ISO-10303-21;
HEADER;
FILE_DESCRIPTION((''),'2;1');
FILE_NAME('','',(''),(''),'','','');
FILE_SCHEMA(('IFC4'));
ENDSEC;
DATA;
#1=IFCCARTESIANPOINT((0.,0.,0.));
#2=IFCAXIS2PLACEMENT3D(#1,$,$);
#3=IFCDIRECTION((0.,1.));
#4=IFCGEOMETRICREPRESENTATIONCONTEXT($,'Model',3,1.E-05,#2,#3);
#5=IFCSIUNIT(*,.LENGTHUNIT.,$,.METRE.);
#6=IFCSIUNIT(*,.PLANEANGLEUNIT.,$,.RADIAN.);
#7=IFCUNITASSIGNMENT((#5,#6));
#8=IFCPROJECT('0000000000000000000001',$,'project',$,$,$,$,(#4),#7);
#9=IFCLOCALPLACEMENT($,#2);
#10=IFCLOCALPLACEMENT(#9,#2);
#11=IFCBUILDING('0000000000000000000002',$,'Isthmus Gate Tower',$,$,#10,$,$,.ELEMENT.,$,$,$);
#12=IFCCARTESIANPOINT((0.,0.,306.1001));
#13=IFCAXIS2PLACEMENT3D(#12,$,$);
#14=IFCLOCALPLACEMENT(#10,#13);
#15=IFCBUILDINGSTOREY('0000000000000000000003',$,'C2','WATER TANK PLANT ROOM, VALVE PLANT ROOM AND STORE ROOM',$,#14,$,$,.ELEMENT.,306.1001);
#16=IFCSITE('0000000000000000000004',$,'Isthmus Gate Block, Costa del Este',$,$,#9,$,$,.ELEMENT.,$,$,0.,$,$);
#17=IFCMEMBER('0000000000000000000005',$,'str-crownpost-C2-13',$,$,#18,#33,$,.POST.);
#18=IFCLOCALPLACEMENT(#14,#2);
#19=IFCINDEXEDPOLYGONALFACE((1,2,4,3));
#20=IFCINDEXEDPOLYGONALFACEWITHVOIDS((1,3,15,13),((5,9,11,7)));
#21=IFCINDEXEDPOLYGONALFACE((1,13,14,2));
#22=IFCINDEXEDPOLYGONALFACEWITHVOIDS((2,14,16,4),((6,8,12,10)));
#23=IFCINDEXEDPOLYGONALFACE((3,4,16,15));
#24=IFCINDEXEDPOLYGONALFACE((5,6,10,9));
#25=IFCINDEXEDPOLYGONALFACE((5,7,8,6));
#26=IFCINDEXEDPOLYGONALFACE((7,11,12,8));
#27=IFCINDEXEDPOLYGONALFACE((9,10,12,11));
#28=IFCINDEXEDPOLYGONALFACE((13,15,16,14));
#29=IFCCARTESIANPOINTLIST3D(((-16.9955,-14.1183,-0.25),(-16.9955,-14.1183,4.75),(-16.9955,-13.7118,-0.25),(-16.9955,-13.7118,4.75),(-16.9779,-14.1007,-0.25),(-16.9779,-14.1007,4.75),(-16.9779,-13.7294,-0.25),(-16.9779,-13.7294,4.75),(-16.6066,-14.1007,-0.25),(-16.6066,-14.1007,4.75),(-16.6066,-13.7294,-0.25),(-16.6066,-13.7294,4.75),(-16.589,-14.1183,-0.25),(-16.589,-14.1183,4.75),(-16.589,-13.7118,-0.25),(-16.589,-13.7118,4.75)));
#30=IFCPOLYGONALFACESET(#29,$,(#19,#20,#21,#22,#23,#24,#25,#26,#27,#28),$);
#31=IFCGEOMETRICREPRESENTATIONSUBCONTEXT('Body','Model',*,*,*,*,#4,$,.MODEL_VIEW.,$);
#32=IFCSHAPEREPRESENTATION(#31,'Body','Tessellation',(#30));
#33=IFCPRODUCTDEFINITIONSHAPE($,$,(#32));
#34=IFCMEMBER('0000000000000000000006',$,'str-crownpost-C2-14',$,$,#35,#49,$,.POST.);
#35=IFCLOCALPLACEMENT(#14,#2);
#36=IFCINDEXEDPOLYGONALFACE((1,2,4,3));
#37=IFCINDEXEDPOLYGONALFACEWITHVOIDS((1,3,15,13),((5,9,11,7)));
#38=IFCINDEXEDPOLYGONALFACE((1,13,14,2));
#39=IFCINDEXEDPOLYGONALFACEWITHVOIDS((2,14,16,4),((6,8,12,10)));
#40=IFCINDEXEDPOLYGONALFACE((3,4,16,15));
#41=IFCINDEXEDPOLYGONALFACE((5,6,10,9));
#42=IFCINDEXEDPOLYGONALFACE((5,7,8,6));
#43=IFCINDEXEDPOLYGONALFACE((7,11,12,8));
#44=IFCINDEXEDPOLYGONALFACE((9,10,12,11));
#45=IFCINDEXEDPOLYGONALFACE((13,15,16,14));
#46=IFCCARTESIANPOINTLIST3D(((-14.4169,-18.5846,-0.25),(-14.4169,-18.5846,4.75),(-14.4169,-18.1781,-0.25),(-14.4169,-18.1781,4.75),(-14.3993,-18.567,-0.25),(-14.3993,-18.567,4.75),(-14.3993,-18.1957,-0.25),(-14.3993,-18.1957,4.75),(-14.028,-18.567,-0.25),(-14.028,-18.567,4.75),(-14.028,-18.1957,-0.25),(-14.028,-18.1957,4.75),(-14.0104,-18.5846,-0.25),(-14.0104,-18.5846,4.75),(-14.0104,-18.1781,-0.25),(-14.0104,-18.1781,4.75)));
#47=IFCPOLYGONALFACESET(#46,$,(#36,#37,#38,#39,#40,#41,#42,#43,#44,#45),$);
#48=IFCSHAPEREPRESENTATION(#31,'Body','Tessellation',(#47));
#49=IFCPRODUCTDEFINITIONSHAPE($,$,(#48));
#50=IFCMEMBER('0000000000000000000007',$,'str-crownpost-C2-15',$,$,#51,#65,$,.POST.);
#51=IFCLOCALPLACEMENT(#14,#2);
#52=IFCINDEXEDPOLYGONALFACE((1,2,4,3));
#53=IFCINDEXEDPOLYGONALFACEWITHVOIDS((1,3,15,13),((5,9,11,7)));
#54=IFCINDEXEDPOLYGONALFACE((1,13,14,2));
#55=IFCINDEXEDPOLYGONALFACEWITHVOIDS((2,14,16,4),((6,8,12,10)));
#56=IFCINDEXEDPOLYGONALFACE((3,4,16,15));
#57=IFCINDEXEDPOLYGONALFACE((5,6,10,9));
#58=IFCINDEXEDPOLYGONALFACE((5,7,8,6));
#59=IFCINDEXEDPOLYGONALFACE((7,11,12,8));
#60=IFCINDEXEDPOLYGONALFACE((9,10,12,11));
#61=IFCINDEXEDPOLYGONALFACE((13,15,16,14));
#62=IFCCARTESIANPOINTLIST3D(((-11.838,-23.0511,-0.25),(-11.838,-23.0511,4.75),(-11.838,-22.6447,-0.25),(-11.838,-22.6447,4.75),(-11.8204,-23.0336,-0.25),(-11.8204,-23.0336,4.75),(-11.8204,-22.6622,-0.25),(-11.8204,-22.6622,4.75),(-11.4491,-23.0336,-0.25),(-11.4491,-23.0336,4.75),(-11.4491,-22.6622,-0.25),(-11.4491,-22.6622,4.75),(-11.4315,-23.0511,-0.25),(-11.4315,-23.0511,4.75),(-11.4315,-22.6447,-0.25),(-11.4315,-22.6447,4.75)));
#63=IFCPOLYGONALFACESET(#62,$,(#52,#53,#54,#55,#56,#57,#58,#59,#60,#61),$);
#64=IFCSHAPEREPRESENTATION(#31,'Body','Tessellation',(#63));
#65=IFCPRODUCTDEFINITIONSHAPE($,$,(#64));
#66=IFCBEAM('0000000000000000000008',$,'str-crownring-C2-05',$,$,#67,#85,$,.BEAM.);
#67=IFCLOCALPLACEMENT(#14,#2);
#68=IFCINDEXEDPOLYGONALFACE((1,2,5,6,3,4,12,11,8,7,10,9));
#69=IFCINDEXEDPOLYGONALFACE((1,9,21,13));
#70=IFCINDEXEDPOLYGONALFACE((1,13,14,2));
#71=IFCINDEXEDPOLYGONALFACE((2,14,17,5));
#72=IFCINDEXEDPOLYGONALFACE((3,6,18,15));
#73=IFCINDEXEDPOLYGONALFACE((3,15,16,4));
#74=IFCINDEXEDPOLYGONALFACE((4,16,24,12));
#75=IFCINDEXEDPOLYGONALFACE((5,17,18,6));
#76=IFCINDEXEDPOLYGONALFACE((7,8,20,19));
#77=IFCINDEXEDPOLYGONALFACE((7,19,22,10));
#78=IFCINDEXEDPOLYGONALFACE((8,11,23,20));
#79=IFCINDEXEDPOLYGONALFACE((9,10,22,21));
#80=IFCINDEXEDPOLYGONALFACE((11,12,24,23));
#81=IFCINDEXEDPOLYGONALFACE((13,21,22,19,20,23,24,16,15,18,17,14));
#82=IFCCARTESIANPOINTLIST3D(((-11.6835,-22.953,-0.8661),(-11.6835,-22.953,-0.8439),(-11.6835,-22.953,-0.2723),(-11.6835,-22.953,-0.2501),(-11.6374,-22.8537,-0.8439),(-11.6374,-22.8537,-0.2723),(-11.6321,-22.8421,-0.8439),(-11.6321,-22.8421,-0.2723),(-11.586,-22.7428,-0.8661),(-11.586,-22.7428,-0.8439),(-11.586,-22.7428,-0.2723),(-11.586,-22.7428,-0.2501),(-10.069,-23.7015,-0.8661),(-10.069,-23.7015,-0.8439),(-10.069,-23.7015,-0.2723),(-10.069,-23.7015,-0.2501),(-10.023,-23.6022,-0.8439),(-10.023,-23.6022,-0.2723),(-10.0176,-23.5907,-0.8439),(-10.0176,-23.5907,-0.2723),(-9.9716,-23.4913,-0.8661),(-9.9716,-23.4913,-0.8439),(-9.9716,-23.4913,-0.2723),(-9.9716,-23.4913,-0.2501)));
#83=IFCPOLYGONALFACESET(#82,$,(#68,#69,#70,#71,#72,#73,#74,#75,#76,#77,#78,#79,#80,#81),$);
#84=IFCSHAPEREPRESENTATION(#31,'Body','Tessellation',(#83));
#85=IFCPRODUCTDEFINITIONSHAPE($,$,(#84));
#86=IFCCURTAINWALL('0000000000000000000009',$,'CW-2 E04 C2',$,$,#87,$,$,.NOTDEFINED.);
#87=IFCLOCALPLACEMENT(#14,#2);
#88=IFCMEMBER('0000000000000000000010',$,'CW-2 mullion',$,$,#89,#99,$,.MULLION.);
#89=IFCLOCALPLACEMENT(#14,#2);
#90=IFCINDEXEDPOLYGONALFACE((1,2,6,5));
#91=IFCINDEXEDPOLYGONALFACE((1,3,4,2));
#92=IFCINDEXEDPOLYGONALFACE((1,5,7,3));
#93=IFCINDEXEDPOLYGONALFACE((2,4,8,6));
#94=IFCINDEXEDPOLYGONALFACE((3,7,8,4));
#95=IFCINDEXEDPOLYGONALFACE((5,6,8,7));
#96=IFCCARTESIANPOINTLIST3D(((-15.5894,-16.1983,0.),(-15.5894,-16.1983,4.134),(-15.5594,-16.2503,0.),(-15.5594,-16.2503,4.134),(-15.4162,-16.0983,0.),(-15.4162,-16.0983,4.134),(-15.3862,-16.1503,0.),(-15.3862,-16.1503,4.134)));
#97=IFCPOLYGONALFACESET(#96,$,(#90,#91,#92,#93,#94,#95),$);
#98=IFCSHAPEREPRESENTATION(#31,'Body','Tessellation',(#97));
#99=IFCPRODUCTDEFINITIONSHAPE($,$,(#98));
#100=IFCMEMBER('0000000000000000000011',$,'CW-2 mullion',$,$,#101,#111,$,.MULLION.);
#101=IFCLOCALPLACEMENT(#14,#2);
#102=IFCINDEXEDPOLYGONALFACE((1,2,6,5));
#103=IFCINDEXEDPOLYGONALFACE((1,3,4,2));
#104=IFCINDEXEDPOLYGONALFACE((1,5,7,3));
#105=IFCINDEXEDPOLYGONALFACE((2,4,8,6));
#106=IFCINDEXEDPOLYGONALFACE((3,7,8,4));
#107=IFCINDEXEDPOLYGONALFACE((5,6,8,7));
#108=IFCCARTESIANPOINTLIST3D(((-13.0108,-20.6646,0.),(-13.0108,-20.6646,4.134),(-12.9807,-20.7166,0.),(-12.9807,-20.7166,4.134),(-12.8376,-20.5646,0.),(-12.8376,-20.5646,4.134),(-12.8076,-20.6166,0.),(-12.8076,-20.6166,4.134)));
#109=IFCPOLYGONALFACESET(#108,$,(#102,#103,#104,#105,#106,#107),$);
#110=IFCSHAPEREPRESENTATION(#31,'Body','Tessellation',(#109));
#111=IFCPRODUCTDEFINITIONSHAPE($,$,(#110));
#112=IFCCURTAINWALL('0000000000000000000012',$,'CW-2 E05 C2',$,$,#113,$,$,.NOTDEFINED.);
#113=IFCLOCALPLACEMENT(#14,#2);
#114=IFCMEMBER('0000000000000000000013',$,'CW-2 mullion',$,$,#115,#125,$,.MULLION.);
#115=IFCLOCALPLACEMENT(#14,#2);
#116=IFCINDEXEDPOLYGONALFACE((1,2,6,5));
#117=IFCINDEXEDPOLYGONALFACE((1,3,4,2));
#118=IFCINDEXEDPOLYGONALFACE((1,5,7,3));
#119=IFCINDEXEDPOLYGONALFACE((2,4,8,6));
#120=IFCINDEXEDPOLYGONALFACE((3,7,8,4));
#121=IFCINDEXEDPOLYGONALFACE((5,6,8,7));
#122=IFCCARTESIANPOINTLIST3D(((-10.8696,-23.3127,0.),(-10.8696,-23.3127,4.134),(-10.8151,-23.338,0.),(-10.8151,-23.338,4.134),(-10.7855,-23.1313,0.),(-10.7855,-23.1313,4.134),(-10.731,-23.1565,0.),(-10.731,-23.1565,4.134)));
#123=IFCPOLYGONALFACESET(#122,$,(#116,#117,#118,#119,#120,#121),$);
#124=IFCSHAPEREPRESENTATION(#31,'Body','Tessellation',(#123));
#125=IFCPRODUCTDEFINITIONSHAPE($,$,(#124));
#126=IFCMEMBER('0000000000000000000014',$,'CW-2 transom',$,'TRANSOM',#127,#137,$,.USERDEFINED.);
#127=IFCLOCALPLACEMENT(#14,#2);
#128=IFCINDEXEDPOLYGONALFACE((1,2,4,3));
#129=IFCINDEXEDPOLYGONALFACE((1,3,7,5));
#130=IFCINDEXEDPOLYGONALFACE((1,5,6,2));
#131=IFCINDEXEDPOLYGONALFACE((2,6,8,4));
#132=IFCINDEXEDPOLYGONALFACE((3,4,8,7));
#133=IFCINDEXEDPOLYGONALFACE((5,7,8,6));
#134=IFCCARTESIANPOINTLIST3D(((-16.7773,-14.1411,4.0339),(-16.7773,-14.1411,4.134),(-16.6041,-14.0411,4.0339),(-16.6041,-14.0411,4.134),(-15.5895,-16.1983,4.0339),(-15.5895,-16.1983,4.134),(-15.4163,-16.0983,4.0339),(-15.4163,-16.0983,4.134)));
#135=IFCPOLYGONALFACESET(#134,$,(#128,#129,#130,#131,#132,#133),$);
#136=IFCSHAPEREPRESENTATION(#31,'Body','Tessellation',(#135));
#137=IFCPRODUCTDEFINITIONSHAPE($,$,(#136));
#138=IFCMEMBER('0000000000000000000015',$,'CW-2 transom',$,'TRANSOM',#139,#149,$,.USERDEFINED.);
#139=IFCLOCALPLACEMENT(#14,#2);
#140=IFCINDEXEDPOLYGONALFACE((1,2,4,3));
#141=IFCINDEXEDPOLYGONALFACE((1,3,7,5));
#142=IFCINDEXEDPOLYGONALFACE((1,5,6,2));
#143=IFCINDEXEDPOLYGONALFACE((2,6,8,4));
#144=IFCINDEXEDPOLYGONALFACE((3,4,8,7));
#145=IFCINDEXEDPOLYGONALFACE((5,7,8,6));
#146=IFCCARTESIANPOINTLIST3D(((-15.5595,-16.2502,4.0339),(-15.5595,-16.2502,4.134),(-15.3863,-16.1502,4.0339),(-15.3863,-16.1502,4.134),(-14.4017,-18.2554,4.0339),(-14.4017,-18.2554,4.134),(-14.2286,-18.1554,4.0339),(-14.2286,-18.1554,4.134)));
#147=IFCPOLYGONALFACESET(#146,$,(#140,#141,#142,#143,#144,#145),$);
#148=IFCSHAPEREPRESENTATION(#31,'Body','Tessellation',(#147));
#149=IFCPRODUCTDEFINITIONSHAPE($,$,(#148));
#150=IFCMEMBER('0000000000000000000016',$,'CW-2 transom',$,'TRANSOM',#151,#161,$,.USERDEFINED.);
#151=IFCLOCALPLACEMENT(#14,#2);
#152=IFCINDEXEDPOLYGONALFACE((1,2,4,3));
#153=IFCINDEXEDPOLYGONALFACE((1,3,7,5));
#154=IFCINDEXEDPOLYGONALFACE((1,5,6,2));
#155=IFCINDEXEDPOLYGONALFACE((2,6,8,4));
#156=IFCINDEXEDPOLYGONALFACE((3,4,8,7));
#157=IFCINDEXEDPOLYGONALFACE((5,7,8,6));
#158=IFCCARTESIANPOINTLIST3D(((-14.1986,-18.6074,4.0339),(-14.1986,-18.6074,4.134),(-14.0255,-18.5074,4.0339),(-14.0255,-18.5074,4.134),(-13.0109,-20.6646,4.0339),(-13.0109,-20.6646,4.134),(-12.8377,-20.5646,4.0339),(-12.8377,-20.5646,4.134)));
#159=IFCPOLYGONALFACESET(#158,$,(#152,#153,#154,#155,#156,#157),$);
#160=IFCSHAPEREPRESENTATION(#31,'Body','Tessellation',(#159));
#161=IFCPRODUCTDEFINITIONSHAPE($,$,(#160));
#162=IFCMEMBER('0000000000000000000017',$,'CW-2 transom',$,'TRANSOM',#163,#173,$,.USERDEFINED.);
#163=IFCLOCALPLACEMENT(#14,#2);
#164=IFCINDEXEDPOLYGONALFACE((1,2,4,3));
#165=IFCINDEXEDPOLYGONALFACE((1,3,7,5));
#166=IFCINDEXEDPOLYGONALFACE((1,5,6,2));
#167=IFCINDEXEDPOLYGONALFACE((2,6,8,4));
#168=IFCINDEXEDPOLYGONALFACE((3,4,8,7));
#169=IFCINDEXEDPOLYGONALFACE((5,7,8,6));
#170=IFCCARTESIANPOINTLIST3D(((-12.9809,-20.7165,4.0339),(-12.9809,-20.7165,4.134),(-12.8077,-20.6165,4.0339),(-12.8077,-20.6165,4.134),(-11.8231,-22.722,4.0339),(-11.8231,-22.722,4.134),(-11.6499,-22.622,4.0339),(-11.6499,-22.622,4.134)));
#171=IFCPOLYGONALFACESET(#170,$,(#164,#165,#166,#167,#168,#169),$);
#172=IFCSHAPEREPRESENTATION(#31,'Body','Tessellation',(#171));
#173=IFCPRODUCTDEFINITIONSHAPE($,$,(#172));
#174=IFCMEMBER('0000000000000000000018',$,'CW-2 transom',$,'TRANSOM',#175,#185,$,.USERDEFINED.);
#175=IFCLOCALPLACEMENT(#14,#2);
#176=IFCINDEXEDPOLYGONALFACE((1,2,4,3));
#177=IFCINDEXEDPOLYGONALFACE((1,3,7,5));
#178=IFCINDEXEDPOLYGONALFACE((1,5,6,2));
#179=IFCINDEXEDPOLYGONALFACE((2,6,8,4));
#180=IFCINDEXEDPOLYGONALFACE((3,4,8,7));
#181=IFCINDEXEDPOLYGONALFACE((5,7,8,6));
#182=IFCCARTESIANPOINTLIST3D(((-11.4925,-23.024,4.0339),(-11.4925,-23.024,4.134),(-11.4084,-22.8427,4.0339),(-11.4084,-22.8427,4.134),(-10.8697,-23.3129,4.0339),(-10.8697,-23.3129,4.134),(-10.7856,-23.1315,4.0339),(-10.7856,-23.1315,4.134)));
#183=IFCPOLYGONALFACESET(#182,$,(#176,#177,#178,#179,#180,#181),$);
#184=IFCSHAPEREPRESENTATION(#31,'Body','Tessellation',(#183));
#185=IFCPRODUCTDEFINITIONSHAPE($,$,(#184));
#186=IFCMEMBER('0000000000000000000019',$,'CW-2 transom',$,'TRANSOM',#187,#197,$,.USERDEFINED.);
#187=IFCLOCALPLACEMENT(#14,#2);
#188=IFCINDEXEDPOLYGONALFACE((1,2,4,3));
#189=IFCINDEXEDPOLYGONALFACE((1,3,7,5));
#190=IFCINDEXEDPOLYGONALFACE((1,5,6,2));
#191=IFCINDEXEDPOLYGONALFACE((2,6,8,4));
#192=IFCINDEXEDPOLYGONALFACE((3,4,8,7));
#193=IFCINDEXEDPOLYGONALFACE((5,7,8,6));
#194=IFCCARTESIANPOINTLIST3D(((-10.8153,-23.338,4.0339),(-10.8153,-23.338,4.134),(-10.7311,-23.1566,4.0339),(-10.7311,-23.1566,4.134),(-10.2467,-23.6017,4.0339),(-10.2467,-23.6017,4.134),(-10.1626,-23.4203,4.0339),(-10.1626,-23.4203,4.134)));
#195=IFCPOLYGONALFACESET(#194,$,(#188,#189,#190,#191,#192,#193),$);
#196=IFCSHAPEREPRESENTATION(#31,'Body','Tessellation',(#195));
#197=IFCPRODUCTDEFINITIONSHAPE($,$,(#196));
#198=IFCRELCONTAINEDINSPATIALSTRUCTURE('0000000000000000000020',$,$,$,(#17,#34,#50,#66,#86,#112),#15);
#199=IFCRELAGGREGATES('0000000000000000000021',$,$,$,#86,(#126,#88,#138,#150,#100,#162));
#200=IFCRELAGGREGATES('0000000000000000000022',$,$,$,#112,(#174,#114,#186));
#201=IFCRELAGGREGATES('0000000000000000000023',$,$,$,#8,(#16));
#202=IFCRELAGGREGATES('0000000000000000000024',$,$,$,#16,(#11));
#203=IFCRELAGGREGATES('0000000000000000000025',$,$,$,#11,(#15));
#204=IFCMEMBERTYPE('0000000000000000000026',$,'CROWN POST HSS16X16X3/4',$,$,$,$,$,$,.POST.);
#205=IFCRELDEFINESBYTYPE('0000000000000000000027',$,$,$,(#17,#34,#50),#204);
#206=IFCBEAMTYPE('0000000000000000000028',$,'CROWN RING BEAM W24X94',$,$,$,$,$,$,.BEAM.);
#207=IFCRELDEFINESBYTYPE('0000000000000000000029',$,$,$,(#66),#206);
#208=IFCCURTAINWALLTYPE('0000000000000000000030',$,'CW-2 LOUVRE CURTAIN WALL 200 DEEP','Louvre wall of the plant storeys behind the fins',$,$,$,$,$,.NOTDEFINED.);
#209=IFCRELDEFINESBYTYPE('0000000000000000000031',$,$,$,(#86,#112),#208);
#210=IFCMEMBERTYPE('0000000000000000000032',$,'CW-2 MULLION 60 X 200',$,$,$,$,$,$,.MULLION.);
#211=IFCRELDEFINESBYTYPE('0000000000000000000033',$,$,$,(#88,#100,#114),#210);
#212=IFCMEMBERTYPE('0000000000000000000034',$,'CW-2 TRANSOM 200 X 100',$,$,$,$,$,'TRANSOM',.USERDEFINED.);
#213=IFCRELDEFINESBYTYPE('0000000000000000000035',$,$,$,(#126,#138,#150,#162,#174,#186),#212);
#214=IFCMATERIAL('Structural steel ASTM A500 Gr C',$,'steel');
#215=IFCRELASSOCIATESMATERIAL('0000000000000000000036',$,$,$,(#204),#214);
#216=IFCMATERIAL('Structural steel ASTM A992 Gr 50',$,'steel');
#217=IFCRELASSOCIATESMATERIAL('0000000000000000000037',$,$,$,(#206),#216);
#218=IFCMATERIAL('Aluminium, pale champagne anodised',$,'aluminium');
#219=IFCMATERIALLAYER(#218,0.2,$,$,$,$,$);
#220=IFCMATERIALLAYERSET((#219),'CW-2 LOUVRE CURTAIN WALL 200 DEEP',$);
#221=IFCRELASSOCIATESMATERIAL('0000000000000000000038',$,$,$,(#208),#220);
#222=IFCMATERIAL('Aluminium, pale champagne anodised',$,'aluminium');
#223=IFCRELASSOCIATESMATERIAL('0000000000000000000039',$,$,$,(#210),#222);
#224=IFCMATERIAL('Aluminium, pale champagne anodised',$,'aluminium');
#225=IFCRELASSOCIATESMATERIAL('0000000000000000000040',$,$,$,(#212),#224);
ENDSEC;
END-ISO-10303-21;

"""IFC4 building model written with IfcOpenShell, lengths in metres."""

from ifc_helpers import new_model, si_unit, direction, frame, origin, origin_2d, place, context, subcontext, project, spatial, rectangle, hollow_rectangle, i_section, extrude, material, layer, layer_set, material_profile, profile_set, type_object, element, aggregate, save


model = new_model("IFC4")

# Units and contexts
model_context = context("Model", 3, precision=1e-05, world=origin(), true_north=direction((0.0, 1.0)))
body_context = subcontext(model_context, "Body", "Model", "MODEL_VIEW")
ifc_project = project(units=[si_unit("LENGTHUNIT", "METRE"), si_unit("PLANEANGLEUNIT", "RADIAN")], contexts=[model_context])

# Site, building, storey
site_placement = place(None, origin())
site = spatial("IfcSite", under=ifc_project, at=site_placement, Name="Isthmus Gate Block, Costa del Este", CompositionType="ELEMENT", RefElevation=0.0)
building_placement = place(site_placement, origin())
building = spatial("IfcBuilding", under=site, at=building_placement, Name="Isthmus Gate Tower", CompositionType="ELEMENT")
storey_placement = place(building_placement, frame((0.0, 0.0, 306.1001)))
storey = spatial("IfcBuildingStorey", under=building, at=storey_placement, Name="C2", Description="WATER TANK PLANT ROOM, VALVE PLANT ROOM AND STORE ROOM", CompositionType="ELEMENT", Elevation=306.1001)

# Members
ifc_material_1 = material(Name="Structural steel ASTM A500 Gr C", Category="steel")
ifc_material_profile_1 = material_profile(ifc_material_1, hollow_rectangle(XDim=0.4065, YDim=0.4065, WallThickness=0.0176, at=origin_2d()), Name="HSS16X16X3/4")
ifc_profile_set_1 = profile_set([ifc_material_profile_1], Name="Structural steel ASTM A500 Gr C")
member_type_1 = type_object("IfcMemberType", Name="CROWN POST HSS16X16X3/4", PredefinedType="POST", material=ifc_profile_set_1)
for number, where, z_axis, x_axis, name in (
    (1, (-16.7922, -13.915, -0.25), (0.0, 0.0, 1.0), (1.0, 0.0, 0.0), "str-crownpost-C2-13"),
    (2, (-14.2136, -18.3813, -0.25), (0.0, 0.0, 1.0), (1.0, 0.0, 0.0), "str-crownpost-C2-14"),
    (3, (-11.6348, -22.8479, -0.25), (0.0, 0.0, 1.0), (1.0, 0.0, 0.0), "str-crownpost-C2-15"),
):
    element("IfcMember", number, at=place(storey_placement, frame(where, z_axis=z_axis, x_axis=x_axis)), inside=storey, type_object=member_type_1, Name=name, PredefinedType="POST", context=body_context, shape_type="SweptSolid", body=[
        extrude(hollow_rectangle(XDim=0.4065, YDim=0.4065, WallThickness=0.0176, at=origin_2d()), origin(), (0.0, 0.0, 1.0), 5.0),
    ])

# Beam
ifc_material_2 = material(Name="Structural steel ASTM A992 Gr 50", Category="steel")
ifc_material_profile_2 = material_profile(ifc_material_2, i_section(OverallWidth=0.2317, OverallDepth=0.616, WebThickness=0.0127, FlangeThickness=0.0222, at=origin_2d()), Name="W24X94")
ifc_profile_set_2 = profile_set([ifc_material_profile_2], Name="Structural steel ASTM A992 Gr 50")
beam_type = type_object("IfcBeamType", Name="CROWN RING BEAM W24X94", PredefinedType="BEAM", material=ifc_profile_set_2)
beam_placement = place(storey_placement, frame((-11.6348, -22.8479, -0.5581), z_axis=(0.907235, -0.420624, 0.0), x_axis=(0.420624, 0.907235, 0.0)))
element("IfcBeam", 4, at=beam_placement, inside=storey, type_object=beam_type, Name="str-crownring-C2-05", PredefinedType="BEAM", context=body_context, shape_type="SweptSolid", body=[
    extrude(i_section(OverallWidth=0.2317, OverallDepth=0.616, WebThickness=0.0127, FlangeThickness=0.0222, at=origin_2d()), origin(), (0.0, 0.0, 1.0), 1.7795),
])

# Curtain wall, members
ifc_material_3 = material(Name="Aluminium, pale champagne anodised", Category="aluminium")
ifc_layer_1 = layer(ifc_material_3, 0.2)
ifc_layer_set_1 = layer_set([ifc_layer_1], Name="CW-2 LOUVRE CURTAIN WALL 200 DEEP")
curtain_wall_type = type_object("IfcCurtainWallType", Name="CW-2 LOUVRE CURTAIN WALL 200 DEEP", Description="Louvre wall of the plant storeys behind the fins", PredefinedType="NOTDEFINED", material=ifc_layer_set_1)
curtain_wall_1_placement = place(storey_placement, origin())
curtain_wall_1 = element("IfcCurtainWall", 5, at=curtain_wall_1_placement, inside=storey, type_object=curtain_wall_type, Name="CW-2 E04 C2", PredefinedType="NOTDEFINED")
ifc_material_4 = material(Name="Aluminium, pale champagne anodised", Category="aluminium")
ifc_material_profile_3 = material_profile(ifc_material_4, rectangle(XDim=0.0601, YDim=0.2, at=origin_2d()), Name="60x200")
ifc_profile_set_3 = profile_set([ifc_material_profile_3], Name="Aluminium, pale champagne anodised")
member_type_2 = type_object("IfcMemberType", Name="CW-2 MULLION 60 X 200", PredefinedType="MULLION", material=ifc_profile_set_3)
member_1_placement = place(storey_placement, frame((-15.4878, -16.1743, 0.0), z_axis=(0.0, 0.0, 1.0), x_axis=(0.5, -0.866025, 0.0)))
member_1 = element("IfcMember", 6, at=member_1_placement, type_object=member_type_2, Name="CW-2 mullion", PredefinedType="MULLION", context=body_context, shape_type="SweptSolid", body=[
    extrude(rectangle(XDim=0.0601, YDim=0.2, at=origin_2d()), origin(), (0.0, 0.0, 1.0), 4.134),
])
member_2_placement = place(storey_placement, frame((-12.9092, -20.6406, 0.0), z_axis=(0.0, 0.0, 1.0), x_axis=(0.5, -0.866025, 0.0)))
member_2 = element("IfcMember", 7, at=member_2_placement, type_object=member_type_2, Name="CW-2 mullion", PredefinedType="MULLION", context=body_context, shape_type="SweptSolid", body=[
    extrude(rectangle(XDim=0.0601, YDim=0.2, at=origin_2d()), origin(), (0.0, 0.0, 1.0), 4.134),
])

# Curtain wall, member
curtain_wall_2_placement = place(storey_placement, origin())
curtain_wall_2 = element("IfcCurtainWall", 8, at=curtain_wall_2_placement, inside=storey, type_object=curtain_wall_type, Name="CW-2 E05 C2", PredefinedType="NOTDEFINED")
member_3_placement = place(storey_placement, frame((-10.8003, -23.2346, 0.0), z_axis=(0.0, 0.0, 1.0), x_axis=(0.907256, -0.420578, 0.0)))
member_3 = element("IfcMember", 9, at=member_3_placement, type_object=member_type_2, Name="CW-2 mullion", PredefinedType="MULLION", context=body_context, shape_type="SweptSolid", body=[
    extrude(rectangle(XDim=0.0601, YDim=0.2, at=origin_2d()), origin(), (0.0, 0.0, 1.0), 4.134),
])

# Members
ifc_material_5 = material(Name="Aluminium, pale champagne anodised", Category="aluminium")
ifc_material_profile_4 = material_profile(ifc_material_5, rectangle(XDim=0.2, YDim=0.1001, at=origin_2d()), Name="200x100")
ifc_profile_set_4 = profile_set([ifc_material_profile_4], Name="Aluminium, pale champagne anodised")
member_type_3 = type_object("IfcMemberType", Name="CW-2 TRANSOM 200 X 100", ElementType="TRANSOM", PredefinedType="USERDEFINED", material=ifc_profile_set_4)
member_4_placement = place(storey_placement, frame((-16.6907, -14.0911, 4.084), z_axis=(0.500019, -0.866014, 0.0), x_axis=(0.866014, 0.500019, 0.0)))
member_4 = element("IfcMember", 10, at=member_4_placement, type_object=member_type_3, Name="CW-2 transom", ObjectType="TRANSOM", PredefinedType="USERDEFINED", context=body_context, shape_type="SweptSolid", body=[
    extrude(rectangle(XDim=0.2, YDim=0.1001, at=origin_2d()), origin(), (0.0, 0.0, 1.0), 2.3755),
])
member_5_placement = place(storey_placement, frame((-15.4729, -16.2002, 4.084), z_axis=(0.500018, -0.866015, 0.0), x_axis=(0.866015, 0.500018, 0.0)))
member_5 = element("IfcMember", 11, at=member_5_placement, type_object=member_type_3, Name="CW-2 transom", ObjectType="TRANSOM", PredefinedType="USERDEFINED", context=body_context, shape_type="SweptSolid", body=[
    extrude(rectangle(XDim=0.2, YDim=0.1001, at=origin_2d()), origin(), (0.0, 0.0, 1.0), 2.3154),
])
member_6_placement = place(storey_placement, frame((-14.1121, -18.5574, 4.084), z_axis=(0.500019, -0.866014, 0.0), x_axis=(0.866014, 0.500019, 0.0)))
member_6 = element("IfcMember", 12, at=member_6_placement, type_object=member_type_3, Name="CW-2 transom", ObjectType="TRANSOM", PredefinedType="USERDEFINED", context=body_context, shape_type="SweptSolid", body=[
    extrude(rectangle(XDim=0.2, YDim=0.1001, at=origin_2d()), origin(), (0.0, 0.0, 1.0), 2.3755),
])
member_7_placement = place(storey_placement, frame((-12.8943, -20.6665, 4.084), z_axis=(0.499972, -0.866042, 0.0), x_axis=(0.866042, 0.499972, 0.0)))
member_7 = element("IfcMember", 13, at=member_7_placement, type_object=member_type_3, Name="CW-2 transom", ObjectType="TRANSOM", PredefinedType="USERDEFINED", context=body_context, shape_type="SweptSolid", body=[
    extrude(rectangle(XDim=0.2, YDim=0.1001, at=origin_2d()), origin(), (0.0, 0.0, 1.0), 2.3157),
])
member_8_placement = place(storey_placement, frame((-11.4504, -22.9333, 4.084), z_axis=(0.907198, -0.420704, 0.0), x_axis=(0.420704, 0.907198, 0.0)))
member_8 = element("IfcMember", 14, at=member_8_placement, type_object=member_type_3, Name="CW-2 transom", ObjectType="TRANSOM", PredefinedType="USERDEFINED", context=body_context, shape_type="SweptSolid", body=[
    extrude(rectangle(XDim=0.2, YDim=0.1001, at=origin_2d()), origin(), (0.0, 0.0, 1.0), 0.6865),
])
member_9_placement = place(storey_placement, frame((-10.7732, -23.2473, 4.084), z_axis=(0.907205, -0.420688, 0.0), x_axis=(0.420688, 0.907205, 0.0)))
member_9 = element("IfcMember", 15, at=member_9_placement, type_object=member_type_3, Name="CW-2 transom", ObjectType="TRANSOM", PredefinedType="USERDEFINED", context=body_context, shape_type="SweptSolid", body=[
    extrude(rectangle(XDim=0.2, YDim=0.1001, at=origin_2d()), origin(), (0.0, 0.0, 1.0), 0.6267),
])

aggregate(curtain_wall_1, [member_4, member_1, member_5, member_6, member_2, member_7])
aggregate(curtain_wall_2, [member_8, member_3, member_9])

save(model, "model.ifc")
